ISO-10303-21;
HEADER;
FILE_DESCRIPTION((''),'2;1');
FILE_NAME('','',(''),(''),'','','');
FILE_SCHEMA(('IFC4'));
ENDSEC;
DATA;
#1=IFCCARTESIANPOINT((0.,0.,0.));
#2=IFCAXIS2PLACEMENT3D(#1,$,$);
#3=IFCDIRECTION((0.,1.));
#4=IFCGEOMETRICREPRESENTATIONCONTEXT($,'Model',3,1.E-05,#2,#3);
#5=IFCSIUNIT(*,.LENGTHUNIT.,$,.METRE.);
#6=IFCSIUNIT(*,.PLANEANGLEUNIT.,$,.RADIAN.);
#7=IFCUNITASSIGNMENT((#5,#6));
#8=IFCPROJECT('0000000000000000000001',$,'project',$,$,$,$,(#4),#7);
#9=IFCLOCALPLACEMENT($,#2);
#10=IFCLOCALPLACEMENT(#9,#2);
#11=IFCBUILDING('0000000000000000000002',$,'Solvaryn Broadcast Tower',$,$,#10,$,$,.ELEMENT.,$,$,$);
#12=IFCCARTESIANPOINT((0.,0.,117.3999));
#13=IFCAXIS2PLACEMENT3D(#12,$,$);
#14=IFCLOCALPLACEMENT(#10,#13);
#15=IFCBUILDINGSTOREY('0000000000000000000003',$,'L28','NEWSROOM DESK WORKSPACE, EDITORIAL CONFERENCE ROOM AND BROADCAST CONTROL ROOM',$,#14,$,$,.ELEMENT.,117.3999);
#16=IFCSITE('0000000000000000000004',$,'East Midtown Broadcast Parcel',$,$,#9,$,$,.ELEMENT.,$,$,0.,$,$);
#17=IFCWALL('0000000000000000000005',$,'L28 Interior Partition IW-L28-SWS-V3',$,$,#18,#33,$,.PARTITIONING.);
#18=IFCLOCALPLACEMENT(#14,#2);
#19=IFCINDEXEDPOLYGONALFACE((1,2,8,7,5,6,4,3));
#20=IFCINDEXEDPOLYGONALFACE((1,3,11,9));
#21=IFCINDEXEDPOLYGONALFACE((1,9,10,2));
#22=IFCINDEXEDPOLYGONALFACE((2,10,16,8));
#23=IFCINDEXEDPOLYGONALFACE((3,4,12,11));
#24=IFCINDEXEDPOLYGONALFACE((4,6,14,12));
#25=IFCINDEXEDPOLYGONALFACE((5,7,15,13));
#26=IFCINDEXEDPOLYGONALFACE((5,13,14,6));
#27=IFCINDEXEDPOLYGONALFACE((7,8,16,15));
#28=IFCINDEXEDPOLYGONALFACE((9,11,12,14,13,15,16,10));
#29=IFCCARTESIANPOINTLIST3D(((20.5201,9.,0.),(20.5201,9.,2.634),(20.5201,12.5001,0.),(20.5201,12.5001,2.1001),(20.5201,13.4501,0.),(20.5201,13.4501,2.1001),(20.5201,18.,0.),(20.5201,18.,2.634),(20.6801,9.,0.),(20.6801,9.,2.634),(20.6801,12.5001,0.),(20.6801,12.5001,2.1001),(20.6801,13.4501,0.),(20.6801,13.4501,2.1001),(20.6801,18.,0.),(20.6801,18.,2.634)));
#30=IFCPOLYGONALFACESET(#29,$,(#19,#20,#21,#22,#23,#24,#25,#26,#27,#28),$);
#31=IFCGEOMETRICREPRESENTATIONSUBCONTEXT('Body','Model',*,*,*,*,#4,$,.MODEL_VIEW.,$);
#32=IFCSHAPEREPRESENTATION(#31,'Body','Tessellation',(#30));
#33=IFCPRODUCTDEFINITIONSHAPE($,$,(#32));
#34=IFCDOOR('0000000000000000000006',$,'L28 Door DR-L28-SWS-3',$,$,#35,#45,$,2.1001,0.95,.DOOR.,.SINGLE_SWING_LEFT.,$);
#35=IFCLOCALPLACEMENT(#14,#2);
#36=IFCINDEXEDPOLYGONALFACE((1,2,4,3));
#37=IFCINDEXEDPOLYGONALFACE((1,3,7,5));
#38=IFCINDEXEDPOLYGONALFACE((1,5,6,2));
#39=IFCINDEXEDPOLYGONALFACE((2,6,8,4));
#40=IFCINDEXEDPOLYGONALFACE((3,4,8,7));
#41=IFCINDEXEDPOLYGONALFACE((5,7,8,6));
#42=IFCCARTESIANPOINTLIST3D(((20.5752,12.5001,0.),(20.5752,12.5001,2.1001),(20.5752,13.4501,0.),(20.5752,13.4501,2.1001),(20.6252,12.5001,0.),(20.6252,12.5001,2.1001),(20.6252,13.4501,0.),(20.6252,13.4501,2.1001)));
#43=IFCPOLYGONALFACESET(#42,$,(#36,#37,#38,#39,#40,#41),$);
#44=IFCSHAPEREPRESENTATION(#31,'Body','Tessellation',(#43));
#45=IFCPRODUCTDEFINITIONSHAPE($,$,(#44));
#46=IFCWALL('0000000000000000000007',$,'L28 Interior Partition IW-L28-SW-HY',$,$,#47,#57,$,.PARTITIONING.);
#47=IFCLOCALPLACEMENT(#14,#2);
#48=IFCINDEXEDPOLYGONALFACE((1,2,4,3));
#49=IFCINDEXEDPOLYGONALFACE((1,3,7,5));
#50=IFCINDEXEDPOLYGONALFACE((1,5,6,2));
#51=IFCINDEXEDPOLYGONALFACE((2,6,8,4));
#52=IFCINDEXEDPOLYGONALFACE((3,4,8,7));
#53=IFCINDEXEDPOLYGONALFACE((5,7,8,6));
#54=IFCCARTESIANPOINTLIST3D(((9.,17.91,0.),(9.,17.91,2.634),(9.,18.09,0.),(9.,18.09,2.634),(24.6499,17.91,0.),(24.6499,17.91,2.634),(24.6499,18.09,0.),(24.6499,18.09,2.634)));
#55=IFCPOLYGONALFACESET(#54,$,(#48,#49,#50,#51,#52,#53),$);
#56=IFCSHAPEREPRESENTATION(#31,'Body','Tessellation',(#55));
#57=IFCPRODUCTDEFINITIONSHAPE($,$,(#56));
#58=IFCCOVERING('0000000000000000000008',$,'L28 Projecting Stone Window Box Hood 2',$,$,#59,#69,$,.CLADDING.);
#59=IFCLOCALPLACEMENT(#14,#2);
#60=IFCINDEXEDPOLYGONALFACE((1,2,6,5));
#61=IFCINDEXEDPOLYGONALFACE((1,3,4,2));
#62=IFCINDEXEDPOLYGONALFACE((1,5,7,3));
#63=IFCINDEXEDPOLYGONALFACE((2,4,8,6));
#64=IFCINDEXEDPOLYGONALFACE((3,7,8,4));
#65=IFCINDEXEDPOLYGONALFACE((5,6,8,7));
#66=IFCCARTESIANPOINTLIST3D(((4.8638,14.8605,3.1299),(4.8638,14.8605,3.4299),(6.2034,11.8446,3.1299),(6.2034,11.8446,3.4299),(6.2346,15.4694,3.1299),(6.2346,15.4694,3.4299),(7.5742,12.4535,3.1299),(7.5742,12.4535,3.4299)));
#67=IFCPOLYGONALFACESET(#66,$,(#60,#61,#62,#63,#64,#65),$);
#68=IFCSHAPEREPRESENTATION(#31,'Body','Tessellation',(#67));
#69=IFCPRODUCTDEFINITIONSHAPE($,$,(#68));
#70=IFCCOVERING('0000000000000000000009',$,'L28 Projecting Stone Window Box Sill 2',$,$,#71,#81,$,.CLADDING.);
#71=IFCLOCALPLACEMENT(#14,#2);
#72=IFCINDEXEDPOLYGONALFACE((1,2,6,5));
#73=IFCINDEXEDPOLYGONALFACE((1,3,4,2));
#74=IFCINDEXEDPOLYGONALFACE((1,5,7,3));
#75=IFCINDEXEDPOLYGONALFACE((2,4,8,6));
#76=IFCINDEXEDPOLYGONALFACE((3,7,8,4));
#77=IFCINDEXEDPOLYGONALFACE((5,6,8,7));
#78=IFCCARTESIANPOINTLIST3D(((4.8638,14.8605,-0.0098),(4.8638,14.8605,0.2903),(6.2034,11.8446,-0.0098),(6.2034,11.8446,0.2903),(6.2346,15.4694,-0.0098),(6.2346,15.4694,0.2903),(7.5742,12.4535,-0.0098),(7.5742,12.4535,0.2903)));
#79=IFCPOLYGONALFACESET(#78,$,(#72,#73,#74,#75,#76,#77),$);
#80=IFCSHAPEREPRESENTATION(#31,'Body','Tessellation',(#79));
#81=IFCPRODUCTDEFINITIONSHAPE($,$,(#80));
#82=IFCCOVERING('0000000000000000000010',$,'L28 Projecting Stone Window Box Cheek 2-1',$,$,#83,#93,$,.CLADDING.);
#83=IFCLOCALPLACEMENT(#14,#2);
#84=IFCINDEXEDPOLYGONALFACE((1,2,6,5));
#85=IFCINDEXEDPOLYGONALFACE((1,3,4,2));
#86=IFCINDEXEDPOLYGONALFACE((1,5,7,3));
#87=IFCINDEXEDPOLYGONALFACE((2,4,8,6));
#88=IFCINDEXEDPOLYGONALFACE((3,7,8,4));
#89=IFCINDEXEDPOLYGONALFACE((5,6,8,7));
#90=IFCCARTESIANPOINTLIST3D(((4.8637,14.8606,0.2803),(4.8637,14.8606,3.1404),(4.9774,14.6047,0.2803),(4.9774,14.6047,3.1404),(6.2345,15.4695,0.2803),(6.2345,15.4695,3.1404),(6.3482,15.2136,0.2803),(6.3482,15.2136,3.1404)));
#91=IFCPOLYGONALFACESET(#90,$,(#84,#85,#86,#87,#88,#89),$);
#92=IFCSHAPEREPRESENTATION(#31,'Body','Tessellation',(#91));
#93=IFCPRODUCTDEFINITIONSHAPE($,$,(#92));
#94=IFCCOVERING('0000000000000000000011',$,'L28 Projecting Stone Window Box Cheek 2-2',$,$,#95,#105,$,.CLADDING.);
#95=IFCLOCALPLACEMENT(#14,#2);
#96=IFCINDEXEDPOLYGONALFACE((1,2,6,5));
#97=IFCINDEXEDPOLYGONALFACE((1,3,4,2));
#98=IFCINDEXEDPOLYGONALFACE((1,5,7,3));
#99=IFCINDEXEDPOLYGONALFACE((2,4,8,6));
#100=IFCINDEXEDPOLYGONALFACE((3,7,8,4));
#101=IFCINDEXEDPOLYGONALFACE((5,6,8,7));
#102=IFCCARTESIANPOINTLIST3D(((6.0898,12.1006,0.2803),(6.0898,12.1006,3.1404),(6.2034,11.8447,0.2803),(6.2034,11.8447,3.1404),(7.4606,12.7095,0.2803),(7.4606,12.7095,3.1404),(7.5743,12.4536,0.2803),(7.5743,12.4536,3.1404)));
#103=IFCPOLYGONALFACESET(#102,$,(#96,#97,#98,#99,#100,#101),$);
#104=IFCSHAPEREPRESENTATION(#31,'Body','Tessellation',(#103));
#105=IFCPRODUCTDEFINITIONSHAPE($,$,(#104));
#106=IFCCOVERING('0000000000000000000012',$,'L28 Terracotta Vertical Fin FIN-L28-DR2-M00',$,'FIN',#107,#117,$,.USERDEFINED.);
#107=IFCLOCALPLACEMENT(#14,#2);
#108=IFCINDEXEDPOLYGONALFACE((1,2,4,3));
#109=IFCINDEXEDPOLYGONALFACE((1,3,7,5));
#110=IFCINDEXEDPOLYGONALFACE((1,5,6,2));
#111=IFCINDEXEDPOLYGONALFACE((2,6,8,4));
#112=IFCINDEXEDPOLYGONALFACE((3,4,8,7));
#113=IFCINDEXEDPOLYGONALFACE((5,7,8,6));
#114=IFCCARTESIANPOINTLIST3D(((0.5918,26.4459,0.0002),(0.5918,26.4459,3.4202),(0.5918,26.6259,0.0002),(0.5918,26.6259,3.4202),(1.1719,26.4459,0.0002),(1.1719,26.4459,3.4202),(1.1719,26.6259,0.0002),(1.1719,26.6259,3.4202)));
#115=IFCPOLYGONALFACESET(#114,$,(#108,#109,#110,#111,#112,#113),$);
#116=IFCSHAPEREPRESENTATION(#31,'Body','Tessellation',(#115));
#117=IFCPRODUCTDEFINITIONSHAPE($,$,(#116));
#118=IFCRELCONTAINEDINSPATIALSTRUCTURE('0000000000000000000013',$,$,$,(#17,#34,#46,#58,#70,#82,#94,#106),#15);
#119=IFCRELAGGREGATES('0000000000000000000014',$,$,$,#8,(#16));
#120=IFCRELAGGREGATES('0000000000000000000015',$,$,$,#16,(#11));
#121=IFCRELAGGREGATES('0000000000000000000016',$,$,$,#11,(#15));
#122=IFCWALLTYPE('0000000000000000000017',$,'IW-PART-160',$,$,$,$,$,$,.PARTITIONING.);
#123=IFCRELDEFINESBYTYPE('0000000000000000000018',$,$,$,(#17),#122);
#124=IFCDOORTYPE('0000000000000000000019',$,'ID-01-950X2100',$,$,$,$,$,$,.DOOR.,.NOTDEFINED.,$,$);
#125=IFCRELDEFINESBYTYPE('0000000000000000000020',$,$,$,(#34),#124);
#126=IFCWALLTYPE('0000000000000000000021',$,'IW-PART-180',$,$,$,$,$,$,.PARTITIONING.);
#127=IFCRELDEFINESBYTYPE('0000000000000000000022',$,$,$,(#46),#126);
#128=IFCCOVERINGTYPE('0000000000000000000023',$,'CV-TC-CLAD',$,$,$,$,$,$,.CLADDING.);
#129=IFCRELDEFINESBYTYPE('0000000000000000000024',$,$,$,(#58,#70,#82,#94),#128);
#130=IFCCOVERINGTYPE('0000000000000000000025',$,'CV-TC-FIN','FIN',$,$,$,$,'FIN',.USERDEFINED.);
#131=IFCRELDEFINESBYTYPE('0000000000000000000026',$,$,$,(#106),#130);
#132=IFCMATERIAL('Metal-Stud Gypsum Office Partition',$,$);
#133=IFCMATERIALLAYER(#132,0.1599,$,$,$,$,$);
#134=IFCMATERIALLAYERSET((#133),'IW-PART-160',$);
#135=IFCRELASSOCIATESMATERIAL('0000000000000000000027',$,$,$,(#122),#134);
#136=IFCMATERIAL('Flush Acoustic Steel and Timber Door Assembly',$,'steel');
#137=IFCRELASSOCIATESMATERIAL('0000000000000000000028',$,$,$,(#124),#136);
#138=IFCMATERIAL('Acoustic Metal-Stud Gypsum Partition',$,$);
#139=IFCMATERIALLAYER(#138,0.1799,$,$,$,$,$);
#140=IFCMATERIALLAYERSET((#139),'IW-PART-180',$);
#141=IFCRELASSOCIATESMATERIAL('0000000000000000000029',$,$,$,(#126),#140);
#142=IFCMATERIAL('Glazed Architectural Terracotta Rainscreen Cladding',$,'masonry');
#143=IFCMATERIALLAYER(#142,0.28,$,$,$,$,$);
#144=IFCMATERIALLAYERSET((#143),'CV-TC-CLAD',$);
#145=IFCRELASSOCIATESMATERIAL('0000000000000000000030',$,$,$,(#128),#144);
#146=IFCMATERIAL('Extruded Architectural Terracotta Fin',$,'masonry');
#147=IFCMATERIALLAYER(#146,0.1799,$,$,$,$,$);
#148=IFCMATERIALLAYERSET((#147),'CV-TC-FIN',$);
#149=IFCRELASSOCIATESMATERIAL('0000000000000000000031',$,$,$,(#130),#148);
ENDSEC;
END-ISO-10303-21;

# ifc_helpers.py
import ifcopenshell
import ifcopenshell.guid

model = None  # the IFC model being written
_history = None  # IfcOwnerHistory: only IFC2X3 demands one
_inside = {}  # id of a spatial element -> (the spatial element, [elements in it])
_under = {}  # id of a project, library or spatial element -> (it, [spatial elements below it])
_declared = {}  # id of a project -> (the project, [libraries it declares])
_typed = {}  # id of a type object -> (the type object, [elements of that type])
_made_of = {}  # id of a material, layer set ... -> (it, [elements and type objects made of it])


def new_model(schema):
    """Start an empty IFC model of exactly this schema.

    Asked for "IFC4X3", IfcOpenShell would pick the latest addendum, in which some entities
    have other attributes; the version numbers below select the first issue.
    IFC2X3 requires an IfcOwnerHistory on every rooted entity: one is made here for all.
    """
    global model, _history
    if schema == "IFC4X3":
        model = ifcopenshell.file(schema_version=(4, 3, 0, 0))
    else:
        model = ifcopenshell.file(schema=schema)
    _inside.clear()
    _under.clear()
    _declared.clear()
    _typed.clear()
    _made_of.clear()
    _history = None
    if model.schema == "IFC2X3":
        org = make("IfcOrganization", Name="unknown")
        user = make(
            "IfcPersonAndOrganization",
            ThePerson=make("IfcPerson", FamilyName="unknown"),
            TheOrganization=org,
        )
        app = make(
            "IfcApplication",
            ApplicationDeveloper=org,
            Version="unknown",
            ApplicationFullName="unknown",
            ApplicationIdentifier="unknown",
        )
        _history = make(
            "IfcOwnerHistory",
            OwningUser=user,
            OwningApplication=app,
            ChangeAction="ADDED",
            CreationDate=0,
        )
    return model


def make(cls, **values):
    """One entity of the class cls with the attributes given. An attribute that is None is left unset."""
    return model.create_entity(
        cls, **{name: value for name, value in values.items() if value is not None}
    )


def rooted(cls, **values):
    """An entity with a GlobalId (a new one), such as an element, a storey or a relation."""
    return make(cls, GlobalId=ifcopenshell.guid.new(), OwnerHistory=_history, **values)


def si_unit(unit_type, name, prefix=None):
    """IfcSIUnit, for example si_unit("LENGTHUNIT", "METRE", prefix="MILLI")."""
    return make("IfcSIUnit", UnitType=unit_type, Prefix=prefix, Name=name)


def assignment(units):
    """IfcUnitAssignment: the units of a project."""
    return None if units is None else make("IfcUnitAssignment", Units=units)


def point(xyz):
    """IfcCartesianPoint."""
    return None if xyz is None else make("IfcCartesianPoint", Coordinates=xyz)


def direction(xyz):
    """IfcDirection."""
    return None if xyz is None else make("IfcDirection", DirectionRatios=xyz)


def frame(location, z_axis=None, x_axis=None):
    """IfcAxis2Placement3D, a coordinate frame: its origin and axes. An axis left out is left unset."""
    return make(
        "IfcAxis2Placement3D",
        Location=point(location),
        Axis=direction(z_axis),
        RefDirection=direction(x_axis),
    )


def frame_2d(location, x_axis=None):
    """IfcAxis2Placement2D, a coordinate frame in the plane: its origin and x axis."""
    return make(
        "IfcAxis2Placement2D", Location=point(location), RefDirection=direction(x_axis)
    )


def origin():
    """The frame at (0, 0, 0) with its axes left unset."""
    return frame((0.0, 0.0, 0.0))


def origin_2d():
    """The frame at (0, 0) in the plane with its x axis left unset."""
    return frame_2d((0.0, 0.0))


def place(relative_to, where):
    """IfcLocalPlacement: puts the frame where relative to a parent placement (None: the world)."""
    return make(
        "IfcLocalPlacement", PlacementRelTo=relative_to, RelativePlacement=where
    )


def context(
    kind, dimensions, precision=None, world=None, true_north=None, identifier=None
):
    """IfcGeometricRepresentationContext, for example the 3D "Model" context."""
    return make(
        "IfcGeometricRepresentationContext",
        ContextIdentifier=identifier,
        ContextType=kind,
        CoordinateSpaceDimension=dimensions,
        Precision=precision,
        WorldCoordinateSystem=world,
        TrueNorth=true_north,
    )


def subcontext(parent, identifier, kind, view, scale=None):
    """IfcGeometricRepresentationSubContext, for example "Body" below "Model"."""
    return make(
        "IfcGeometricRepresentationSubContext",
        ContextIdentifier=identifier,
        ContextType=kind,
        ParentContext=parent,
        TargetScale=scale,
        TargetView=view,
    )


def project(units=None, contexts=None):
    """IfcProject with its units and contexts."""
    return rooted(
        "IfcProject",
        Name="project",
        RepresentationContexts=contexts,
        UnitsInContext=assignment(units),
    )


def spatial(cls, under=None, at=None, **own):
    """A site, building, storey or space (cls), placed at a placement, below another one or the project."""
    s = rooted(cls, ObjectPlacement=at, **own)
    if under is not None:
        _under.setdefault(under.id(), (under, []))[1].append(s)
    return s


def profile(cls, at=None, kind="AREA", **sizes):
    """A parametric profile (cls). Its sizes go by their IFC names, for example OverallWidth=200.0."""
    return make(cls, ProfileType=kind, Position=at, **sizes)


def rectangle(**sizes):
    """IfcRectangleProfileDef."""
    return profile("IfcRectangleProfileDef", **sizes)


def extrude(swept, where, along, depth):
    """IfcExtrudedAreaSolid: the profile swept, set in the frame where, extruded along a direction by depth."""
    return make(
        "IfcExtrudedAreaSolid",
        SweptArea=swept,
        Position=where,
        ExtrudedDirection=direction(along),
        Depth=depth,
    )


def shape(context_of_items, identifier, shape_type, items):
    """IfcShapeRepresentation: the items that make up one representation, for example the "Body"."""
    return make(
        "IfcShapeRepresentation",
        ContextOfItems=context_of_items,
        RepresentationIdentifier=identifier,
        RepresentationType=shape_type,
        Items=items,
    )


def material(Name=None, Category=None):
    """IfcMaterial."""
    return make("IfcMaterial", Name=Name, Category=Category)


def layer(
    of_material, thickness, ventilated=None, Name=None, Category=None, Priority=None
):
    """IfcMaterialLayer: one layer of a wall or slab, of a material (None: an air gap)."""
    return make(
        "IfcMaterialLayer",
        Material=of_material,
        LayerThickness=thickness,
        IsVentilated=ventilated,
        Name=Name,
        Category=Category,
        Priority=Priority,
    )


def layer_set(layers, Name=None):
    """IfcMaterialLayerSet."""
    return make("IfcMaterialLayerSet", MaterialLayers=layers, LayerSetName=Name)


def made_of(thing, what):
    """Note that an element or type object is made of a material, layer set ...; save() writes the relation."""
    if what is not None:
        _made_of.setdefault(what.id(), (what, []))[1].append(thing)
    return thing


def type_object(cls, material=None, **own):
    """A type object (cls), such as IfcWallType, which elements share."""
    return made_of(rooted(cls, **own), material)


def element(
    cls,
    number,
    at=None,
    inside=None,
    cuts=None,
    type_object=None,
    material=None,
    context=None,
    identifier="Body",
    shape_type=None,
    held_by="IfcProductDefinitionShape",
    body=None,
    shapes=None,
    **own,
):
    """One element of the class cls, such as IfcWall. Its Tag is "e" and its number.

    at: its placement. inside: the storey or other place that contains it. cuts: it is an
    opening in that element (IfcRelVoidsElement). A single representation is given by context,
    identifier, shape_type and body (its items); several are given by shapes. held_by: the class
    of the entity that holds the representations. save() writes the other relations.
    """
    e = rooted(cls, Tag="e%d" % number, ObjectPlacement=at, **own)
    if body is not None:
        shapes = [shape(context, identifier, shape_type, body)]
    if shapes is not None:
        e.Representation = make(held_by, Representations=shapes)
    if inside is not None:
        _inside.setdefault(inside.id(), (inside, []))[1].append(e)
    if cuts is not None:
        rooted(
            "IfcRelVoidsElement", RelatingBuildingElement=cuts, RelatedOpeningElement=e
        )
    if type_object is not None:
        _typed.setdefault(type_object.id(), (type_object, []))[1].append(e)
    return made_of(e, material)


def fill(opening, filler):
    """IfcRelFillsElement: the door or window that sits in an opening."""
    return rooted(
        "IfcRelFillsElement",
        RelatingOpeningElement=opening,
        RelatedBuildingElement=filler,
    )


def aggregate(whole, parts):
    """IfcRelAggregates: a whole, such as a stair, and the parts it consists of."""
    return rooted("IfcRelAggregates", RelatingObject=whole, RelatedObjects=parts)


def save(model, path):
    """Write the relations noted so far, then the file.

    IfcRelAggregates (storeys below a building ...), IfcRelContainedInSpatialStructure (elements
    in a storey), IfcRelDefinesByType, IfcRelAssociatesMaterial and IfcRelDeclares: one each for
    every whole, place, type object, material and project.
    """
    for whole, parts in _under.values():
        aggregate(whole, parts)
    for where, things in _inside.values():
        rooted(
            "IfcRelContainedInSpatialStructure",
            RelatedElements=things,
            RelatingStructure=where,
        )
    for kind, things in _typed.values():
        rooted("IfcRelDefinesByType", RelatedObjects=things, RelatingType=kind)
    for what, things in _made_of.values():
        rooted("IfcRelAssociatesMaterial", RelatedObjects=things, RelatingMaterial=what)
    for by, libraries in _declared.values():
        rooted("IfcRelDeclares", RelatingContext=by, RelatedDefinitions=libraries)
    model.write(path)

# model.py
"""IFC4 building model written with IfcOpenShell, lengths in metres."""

from ifc_helpers import new_model, si_unit, direction, frame, frame_2d, origin, origin_2d, place, context, subcontext, project, spatial, rectangle, extrude, material, layer, layer_set, type_object, element, fill, save


model = new_model("IFC4")

# Units and contexts
model_context = context("Model", 3, precision=1e-05, world=origin(), true_north=direction((0.0, 1.0)))
body_context = subcontext(model_context, "Body", "Model", "MODEL_VIEW")
ifc_project = project(units=[si_unit("LENGTHUNIT", "METRE"), si_unit("PLANEANGLEUNIT", "RADIAN")], contexts=[model_context])

# Site, building, storey
site_placement = place(None, origin())
site = spatial("IfcSite", under=ifc_project, at=site_placement, Name="East Midtown Broadcast Parcel", CompositionType="ELEMENT", RefElevation=0.0)
building_placement = place(site_placement, origin())
building = spatial("IfcBuilding", under=site, at=building_placement, Name="Solvaryn Broadcast Tower", CompositionType="ELEMENT")
storey_placement = place(building_placement, frame((0.0, 0.0, 117.3999)))
storey = spatial("IfcBuildingStorey", under=building, at=storey_placement, Name="L28", Description="NEWSROOM DESK WORKSPACE, EDITORIAL CONFERENCE ROOM AND BROADCAST CONTROL ROOM", CompositionType="ELEMENT", Elevation=117.3999)

# Wall, opening, door
ifc_material_1 = material(Name="Metal-Stud Gypsum Office Partition")
ifc_layer_1 = layer(ifc_material_1, 0.1599)
ifc_layer_set_1 = layer_set([ifc_layer_1], Name="IW-PART-160")
wall_type_1 = type_object("IfcWallType", Name="IW-PART-160", PredefinedType="PARTITIONING", material=ifc_layer_set_1)
wall_1_placement = place(storey_placement, frame((20.6001, 9.0, 0.0), z_axis=(0.0, 0.0, 1.0), x_axis=(0.0, 1.0, 0.0)))
wall_1 = element("IfcWall", 1, at=wall_1_placement, inside=storey, type_object=wall_type_1, Name="L28 Interior Partition IW-L28-SWS-V3", PredefinedType="PARTITIONING", context=body_context, shape_type="SweptSolid", body=[
    extrude(rectangle(XDim=9.0, YDim=0.1599, at=frame_2d((4.5, 0.0))), origin(), (0.0, 0.0, 1.0), 2.634),
])
opening_1_placement = place(wall_1_placement, frame((3.5, 0.0, 0.0)))
opening_1 = element("IfcOpeningElement", 2, at=opening_1_placement, cuts=wall_1, PredefinedType="OPENING", context=body_context, shape_type="SweptSolid", body=[
    extrude(rectangle(XDim=0.95, YDim=2.1001, at=frame_2d((0.4751, 1.05))), frame((0.0, 0.0901, 0.0), z_axis=(0.0, -1.0, 0.0), x_axis=(1.0, 0.0, 0.0)), (0.0, 0.0, 1.0), 0.1799),
])
ifc_material_2 = material(Name="Flush Acoustic Steel and Timber Door Assembly", Category="steel")
door_type_1 = type_object("IfcDoorType", Name="ID-01-950X2100", OperationType="NOTDEFINED", PredefinedType="DOOR", material=ifc_material_2)
door_1_placement = place(opening_1_placement, origin())
door_1 = element("IfcDoor", 3, at=door_1_placement, inside=storey, type_object=door_type_1, Name="L28 Door DR-L28-SWS-3", OperationType="SINGLE_SWING_LEFT", OverallHeight=2.1001, OverallWidth=0.95, PredefinedType="DOOR", context=body_context, shape_type="SweptSolid", body=[
    extrude(rectangle(XDim=0.95, YDim=2.1001, at=frame_2d((0.4751, 1.05))), frame((0.0, 0.0249, 0.0), z_axis=(0.0, -1.0, 0.0), x_axis=(1.0, 0.0, 0.0)), (0.0, 0.0, 1.0), 0.05),
])
fill(opening_1, door_1)

# Wall
ifc_material_3 = material(Name="Acoustic Metal-Stud Gypsum Partition")
ifc_layer_2 = layer(ifc_material_3, 0.1799)
ifc_layer_set_2 = layer_set([ifc_layer_2], Name="IW-PART-180")
wall_type_2 = type_object("IfcWallType", Name="IW-PART-180", PredefinedType="PARTITIONING", material=ifc_layer_set_2)
wall_2_placement = place(storey_placement, frame((9.0, 18.0, 0.0), z_axis=(0.0, 0.0, 1.0), x_axis=(1.0, 0.0, 0.0)))
element("IfcWall", 4, at=wall_2_placement, inside=storey, type_object=wall_type_2, Name="L28 Interior Partition IW-L28-SW-HY", PredefinedType="PARTITIONING", context=body_context, shape_type="SweptSolid", body=[
    extrude(rectangle(XDim=15.6499, YDim=0.1799, at=frame_2d((7.825, 0.0))), origin(), (0.0, 0.0, 1.0), 2.634),
])

# Coverings
ifc_material_4 = material(Name="Glazed Architectural Terracotta Rainscreen Cladding", Category="masonry")
ifc_layer_3 = layer(ifc_material_4, 0.28)
ifc_layer_set_3 = layer_set([ifc_layer_3], Name="CV-TC-CLAD")
covering_type_1 = type_object("IfcCoveringType", Name="CV-TC-CLAD", PredefinedType="CLADDING", material=ifc_layer_set_3)
for number, where, z_axis, x_axis, name in (
    (5, (6.219, 13.657, 3.1299), (0.0, 0.0, 1.0), (0.405939, -0.9139, 0.0), "L28 Projecting Stone Window Box Hood 2"),
    (6, (6.219, 13.657, -0.0098), (0.0, 0.0, 1.0), (0.405939, -0.9139, 0.0), "L28 Projecting Stone Window Box Sill 2"),
):
    element("IfcCovering", number, at=place(storey_placement, frame(where, z_axis=z_axis, x_axis=x_axis)), inside=storey, type_object=covering_type_1, Name=name, PredefinedType="CLADDING", context=body_context, shape_type="SweptSolid", body=[
        extrude(rectangle(XDim=3.3, YDim=1.5, at=origin_2d()), origin(), (0.0, 0.0, 1.0), 0.3),
    ])
for number, where, z_axis, x_axis, name in (
    (7, (5.606, 15.0371, 0.2803), (0.0, 0.0, 1.0), (0.405939, -0.9139, 0.0), "L28 Projecting Stone Window Box Cheek 2-1"),
    (8, (6.832, 12.2771, 0.2803), (0.0, 0.0, 1.0), (0.405939, -0.9139, 0.0), "L28 Projecting Stone Window Box Cheek 2-2"),
):
    element("IfcCovering", number, at=place(storey_placement, frame(where, z_axis=z_axis, x_axis=x_axis)), inside=storey, type_object=covering_type_1, Name=name, PredefinedType="CLADDING", context=body_context, shape_type="SweptSolid", body=[
        extrude(rectangle(XDim=0.28, YDim=1.5, at=origin_2d()), origin(), (0.0, 0.0, 1.0), 2.8601),
    ])
ifc_material_5 = material(Name="Extruded Architectural Terracotta Fin", Category="masonry")
ifc_layer_4 = layer(ifc_material_5, 0.1799)
ifc_layer_set_4 = layer_set([ifc_layer_4], Name="CV-TC-FIN")
covering_type_2 = type_object("IfcCoveringType", Name="CV-TC-FIN", Description="FIN", ElementType="FIN", PredefinedType="USERDEFINED", material=ifc_layer_set_4)
covering_placement = place(storey_placement, frame((0.8818, 26.5359, 0.0002), z_axis=(0.0, 0.0, 1.0), x_axis=(1.0, 0.0, 0.0)))
element("IfcCovering", 9, at=covering_placement, inside=storey, type_object=covering_type_2, Name="L28 Terracotta Vertical Fin FIN-L28-DR2-M00", ObjectType="FIN", PredefinedType="USERDEFINED", context=body_context, shape_type="SweptSolid", body=[
    extrude(rectangle(XDim=0.5801, YDim=0.1799, at=origin_2d()), origin(), (0.0, 0.0, 1.0), 3.4199),
])

save(model, "model.ifc")
